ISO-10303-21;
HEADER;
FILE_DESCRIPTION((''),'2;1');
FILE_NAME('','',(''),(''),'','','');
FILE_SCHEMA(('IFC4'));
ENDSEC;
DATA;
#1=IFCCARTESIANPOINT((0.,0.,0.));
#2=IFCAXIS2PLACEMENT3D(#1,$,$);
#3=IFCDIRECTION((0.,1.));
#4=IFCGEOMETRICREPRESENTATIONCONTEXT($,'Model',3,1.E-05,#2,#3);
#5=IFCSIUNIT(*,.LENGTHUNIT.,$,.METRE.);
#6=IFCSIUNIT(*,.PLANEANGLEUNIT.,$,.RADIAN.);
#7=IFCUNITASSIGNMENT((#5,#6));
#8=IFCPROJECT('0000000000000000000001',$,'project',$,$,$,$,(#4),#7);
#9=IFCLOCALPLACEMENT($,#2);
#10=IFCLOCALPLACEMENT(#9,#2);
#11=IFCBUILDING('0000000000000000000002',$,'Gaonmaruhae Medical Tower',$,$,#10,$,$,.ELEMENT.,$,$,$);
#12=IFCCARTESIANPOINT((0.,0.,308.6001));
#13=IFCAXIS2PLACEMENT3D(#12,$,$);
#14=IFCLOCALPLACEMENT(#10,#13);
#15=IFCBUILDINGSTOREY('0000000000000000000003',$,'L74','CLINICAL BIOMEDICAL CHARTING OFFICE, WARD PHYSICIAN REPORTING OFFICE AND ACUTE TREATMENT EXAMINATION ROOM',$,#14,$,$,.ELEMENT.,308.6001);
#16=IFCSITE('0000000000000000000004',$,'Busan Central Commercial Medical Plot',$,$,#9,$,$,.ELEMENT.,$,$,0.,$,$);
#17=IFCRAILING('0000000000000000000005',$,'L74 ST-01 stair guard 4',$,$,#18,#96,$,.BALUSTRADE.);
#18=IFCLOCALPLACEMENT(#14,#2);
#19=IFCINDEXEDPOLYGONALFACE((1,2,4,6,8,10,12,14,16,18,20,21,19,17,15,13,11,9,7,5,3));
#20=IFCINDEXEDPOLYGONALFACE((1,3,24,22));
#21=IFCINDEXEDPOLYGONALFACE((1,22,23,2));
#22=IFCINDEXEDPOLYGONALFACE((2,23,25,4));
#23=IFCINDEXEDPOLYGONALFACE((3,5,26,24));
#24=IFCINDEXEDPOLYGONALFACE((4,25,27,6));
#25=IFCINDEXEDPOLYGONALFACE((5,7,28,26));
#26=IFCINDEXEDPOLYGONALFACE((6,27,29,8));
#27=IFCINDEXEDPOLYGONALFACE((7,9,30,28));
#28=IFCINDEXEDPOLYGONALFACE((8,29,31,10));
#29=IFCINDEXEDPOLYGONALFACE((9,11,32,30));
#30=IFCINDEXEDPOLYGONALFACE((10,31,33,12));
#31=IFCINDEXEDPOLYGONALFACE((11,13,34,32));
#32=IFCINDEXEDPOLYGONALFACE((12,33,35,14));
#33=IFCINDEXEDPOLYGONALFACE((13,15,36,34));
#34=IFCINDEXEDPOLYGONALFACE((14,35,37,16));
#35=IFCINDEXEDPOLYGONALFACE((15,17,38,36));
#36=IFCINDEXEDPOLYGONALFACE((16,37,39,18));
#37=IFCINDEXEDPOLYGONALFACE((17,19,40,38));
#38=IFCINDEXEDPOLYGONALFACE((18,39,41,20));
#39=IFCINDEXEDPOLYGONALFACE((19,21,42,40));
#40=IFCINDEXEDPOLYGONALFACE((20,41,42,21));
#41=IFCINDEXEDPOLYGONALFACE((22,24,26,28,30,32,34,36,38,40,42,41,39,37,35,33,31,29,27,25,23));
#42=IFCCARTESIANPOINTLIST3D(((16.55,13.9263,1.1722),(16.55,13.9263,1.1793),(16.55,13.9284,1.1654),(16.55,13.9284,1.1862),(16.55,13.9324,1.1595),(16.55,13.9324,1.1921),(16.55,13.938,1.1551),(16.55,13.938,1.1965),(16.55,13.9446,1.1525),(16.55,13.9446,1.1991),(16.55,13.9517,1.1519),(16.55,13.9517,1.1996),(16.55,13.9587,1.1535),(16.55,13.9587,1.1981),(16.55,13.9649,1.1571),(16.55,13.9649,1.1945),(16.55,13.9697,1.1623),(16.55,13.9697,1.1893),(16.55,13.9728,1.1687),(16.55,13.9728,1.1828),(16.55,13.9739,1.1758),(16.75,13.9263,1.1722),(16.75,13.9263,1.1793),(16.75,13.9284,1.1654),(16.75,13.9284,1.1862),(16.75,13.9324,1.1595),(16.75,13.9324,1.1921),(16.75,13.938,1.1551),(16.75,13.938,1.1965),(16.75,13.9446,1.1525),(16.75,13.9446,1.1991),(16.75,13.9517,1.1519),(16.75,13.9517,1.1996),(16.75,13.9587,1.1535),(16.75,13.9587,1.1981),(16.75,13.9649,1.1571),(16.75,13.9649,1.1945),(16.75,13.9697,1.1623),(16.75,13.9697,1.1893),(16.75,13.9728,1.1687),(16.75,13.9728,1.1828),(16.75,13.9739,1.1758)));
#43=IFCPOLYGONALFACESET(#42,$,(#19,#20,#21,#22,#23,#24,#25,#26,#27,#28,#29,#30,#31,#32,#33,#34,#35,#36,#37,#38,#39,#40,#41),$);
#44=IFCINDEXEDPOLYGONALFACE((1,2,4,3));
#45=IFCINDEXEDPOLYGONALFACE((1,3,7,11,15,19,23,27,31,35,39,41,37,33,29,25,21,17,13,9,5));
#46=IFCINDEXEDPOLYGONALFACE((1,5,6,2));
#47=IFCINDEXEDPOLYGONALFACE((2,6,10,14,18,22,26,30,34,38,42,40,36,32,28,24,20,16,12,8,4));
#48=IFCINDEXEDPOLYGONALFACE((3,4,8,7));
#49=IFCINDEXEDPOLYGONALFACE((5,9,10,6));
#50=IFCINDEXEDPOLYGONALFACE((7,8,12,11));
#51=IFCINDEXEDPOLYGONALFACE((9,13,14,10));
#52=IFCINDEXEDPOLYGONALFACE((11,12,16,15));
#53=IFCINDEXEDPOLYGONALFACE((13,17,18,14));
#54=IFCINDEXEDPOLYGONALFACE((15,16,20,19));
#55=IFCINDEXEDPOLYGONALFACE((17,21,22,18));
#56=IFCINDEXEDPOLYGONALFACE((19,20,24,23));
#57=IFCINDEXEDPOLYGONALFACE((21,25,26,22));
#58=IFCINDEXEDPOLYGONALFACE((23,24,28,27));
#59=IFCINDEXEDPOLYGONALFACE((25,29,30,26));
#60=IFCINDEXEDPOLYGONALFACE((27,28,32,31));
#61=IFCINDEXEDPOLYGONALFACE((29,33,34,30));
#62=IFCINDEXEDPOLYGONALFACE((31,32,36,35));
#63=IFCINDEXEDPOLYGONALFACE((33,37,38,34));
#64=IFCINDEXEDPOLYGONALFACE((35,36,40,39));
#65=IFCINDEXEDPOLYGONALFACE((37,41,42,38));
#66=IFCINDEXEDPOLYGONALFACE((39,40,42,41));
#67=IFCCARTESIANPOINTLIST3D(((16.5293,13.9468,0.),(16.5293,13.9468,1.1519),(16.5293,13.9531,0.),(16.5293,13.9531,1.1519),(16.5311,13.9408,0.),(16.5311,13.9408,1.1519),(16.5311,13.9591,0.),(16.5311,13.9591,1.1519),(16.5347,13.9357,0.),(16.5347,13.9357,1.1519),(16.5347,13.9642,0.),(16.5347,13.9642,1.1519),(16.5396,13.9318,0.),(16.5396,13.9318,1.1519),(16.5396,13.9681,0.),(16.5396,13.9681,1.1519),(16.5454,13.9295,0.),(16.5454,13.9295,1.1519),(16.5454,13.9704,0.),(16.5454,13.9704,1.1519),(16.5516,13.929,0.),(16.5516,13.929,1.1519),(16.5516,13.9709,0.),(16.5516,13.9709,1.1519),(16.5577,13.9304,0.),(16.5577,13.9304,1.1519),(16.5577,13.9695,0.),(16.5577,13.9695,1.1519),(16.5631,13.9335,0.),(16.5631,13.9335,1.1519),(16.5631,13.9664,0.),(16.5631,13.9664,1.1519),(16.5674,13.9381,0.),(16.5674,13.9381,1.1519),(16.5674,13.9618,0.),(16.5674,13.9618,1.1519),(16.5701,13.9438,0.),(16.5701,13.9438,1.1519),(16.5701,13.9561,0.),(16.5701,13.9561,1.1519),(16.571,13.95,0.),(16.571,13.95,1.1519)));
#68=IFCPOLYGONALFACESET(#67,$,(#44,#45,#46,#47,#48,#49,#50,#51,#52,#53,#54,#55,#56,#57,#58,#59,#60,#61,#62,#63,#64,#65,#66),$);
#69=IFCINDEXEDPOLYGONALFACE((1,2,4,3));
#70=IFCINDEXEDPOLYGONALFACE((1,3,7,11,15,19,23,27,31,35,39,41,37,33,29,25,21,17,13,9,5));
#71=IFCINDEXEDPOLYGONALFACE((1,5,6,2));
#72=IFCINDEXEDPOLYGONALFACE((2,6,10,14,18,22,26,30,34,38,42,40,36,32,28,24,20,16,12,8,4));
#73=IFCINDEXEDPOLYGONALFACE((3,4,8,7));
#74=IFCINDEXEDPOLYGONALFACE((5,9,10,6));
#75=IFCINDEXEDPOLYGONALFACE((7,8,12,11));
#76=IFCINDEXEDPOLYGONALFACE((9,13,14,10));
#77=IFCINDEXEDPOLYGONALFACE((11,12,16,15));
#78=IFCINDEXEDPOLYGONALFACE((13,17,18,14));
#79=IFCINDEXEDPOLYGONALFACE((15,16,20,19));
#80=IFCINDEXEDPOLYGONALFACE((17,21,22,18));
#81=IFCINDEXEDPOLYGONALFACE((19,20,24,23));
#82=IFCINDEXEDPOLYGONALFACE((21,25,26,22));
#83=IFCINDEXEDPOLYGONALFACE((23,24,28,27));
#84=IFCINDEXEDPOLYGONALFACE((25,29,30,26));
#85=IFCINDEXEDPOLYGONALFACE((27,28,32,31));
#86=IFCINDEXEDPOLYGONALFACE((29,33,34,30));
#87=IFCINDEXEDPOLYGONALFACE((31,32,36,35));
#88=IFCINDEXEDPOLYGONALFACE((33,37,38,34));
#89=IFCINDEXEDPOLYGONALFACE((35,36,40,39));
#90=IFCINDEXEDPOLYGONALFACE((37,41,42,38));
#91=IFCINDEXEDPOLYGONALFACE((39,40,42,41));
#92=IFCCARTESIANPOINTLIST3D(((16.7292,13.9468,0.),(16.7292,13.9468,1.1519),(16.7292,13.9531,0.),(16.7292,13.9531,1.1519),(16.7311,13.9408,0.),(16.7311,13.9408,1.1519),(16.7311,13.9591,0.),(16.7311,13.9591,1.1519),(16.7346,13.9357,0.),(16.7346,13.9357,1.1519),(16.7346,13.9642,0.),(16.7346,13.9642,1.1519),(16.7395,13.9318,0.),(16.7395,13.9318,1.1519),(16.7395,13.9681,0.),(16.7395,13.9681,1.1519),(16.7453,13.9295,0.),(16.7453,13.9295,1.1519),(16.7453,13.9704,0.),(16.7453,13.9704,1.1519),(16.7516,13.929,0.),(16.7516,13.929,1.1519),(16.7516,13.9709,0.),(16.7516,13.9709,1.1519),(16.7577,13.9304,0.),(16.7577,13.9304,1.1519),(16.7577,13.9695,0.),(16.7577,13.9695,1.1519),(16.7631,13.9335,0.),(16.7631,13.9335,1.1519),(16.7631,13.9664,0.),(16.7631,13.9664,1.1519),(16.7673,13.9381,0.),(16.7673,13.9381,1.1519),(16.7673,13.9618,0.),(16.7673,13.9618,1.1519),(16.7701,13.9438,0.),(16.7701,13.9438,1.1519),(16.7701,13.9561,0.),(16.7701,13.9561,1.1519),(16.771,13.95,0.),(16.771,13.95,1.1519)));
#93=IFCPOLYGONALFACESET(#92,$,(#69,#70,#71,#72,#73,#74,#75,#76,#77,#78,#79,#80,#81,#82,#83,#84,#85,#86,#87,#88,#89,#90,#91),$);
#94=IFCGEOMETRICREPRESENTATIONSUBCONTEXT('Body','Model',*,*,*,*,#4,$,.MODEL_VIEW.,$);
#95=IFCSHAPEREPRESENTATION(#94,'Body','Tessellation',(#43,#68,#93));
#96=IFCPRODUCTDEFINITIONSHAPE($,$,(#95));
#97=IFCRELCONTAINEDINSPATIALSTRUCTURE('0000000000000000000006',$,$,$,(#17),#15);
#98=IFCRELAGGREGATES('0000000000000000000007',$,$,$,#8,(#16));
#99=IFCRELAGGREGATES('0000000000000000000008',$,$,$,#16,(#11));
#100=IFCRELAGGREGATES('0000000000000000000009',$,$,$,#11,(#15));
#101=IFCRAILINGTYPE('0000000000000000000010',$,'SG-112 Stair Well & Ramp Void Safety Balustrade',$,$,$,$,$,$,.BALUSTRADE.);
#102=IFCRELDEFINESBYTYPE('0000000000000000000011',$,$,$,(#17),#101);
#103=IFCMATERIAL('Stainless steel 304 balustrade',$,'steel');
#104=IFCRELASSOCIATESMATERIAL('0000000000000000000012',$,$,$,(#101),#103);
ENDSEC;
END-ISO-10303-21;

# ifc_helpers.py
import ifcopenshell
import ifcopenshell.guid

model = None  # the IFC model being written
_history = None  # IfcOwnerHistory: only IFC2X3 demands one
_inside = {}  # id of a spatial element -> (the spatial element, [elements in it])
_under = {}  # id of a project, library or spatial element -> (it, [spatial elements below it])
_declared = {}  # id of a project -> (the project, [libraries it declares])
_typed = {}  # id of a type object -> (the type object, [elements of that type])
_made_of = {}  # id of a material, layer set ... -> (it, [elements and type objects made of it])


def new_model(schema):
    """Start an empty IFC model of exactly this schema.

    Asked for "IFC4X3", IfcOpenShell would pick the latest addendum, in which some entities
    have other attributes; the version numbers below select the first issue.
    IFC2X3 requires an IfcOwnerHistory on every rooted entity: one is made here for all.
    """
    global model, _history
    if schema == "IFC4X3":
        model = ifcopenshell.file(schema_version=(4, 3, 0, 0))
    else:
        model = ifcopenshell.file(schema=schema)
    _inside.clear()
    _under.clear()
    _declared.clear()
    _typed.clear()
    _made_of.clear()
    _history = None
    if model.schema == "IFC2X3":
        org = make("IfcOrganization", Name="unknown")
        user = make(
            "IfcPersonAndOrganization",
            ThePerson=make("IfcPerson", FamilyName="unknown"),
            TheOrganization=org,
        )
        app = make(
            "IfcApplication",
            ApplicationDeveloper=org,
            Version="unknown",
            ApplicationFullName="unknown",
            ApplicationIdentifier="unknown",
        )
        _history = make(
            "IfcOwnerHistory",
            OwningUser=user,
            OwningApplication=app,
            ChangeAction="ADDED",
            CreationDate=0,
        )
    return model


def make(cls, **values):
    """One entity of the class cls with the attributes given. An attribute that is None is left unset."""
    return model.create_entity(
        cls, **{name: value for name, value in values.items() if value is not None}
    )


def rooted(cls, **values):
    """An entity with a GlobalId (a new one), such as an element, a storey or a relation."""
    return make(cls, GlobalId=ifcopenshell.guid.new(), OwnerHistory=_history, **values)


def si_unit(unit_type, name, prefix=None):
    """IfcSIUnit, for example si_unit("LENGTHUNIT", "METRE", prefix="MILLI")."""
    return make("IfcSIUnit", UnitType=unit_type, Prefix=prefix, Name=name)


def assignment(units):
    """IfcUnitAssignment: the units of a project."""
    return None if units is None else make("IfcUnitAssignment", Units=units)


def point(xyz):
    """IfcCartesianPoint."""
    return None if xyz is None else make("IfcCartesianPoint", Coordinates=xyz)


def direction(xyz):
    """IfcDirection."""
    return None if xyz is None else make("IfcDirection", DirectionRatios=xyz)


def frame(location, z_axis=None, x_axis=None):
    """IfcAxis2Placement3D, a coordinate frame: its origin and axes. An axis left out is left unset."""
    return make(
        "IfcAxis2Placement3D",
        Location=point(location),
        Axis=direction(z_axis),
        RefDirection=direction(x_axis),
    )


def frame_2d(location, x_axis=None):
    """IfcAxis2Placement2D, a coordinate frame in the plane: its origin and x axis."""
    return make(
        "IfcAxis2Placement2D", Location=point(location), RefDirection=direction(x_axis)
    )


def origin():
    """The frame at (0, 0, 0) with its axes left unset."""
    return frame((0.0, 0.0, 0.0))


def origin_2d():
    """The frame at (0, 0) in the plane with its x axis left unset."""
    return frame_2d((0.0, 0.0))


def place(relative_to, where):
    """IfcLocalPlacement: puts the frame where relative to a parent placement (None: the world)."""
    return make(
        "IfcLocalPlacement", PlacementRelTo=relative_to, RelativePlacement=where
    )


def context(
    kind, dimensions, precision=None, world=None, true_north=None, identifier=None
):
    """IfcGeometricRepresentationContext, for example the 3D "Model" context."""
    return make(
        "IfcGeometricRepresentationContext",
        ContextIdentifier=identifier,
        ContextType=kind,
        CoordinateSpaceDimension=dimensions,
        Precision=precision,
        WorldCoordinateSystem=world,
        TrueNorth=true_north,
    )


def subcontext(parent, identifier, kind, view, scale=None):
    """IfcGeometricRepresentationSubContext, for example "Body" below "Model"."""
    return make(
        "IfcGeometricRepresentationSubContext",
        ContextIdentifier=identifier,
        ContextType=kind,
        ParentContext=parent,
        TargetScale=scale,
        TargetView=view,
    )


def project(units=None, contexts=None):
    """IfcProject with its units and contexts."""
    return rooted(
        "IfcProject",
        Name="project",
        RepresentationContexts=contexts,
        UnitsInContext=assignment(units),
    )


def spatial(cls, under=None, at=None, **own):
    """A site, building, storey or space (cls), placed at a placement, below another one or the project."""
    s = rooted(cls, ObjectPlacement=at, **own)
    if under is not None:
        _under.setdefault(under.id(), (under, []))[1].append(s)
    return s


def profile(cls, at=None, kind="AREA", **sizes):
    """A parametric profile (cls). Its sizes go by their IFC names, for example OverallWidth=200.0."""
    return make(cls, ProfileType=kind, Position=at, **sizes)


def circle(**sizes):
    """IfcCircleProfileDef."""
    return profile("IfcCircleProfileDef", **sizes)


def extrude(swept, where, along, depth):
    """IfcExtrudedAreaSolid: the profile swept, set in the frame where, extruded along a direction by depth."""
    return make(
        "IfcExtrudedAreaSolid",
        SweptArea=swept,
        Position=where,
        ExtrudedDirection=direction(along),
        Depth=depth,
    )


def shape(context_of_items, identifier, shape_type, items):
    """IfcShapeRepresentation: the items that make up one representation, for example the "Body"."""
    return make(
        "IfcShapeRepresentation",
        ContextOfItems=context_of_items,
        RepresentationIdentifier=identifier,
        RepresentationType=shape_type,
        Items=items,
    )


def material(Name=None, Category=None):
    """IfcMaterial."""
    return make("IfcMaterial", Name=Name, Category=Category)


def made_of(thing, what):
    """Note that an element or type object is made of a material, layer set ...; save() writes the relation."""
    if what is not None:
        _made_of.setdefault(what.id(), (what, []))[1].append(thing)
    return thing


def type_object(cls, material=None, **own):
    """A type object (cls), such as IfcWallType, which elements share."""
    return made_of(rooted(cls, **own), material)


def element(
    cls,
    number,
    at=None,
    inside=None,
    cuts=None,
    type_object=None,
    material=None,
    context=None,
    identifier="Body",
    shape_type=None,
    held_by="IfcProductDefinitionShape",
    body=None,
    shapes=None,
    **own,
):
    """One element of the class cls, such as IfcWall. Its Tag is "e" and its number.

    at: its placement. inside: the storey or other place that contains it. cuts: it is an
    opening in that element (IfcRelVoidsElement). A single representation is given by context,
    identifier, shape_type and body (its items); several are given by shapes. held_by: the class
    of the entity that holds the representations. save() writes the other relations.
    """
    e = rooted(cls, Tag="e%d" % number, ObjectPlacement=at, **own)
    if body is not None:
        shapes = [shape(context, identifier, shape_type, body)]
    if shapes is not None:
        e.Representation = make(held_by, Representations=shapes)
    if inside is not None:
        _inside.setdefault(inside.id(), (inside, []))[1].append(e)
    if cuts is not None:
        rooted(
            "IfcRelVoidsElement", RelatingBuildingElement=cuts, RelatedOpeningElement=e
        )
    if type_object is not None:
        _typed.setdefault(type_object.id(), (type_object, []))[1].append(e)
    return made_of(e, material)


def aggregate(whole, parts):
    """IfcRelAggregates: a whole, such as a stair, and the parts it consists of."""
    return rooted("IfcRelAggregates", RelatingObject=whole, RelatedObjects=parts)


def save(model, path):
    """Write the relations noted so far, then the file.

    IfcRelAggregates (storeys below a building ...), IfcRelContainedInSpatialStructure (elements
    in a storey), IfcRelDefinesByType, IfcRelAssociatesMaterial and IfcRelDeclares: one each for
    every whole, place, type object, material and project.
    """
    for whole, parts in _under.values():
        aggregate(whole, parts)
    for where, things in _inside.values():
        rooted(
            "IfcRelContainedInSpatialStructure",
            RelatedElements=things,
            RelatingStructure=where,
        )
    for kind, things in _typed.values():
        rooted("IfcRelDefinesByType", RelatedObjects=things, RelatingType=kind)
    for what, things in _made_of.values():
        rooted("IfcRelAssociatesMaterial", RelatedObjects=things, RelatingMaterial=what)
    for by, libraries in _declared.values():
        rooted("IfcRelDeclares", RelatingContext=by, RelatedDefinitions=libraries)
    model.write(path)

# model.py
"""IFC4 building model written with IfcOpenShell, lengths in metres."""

from ifc_helpers import new_model, si_unit, direction, frame, origin, origin_2d, place, context, subcontext, project, spatial, circle, extrude, material, type_object, element, save


model = new_model("IFC4")

# Units and contexts
model_context = context("Model", 3, precision=1e-05, world=origin(), true_north=direction((0.0, 1.0)))
body_context = subcontext(model_context, "Body", "Model", "MODEL_VIEW")
ifc_project = project(units=[si_unit("LENGTHUNIT", "METRE"), si_unit("PLANEANGLEUNIT", "RADIAN")], contexts=[model_context])

# Site, building, storey
site_placement = place(None, origin())
site = spatial("IfcSite", under=ifc_project, at=site_placement, Name="Busan Central Commercial Medical Plot", CompositionType="ELEMENT", RefElevation=0.0)
building_placement = place(site_placement, origin())
building = spatial("IfcBuilding", under=site, at=building_placement, Name="Gaonmaruhae Medical Tower", CompositionType="ELEMENT")
storey_placement = place(building_placement, frame((0.0, 0.0, 308.6001)))
storey = spatial("IfcBuildingStorey", under=building, at=storey_placement, Name="L74", Description="CLINICAL BIOMEDICAL CHARTING OFFICE, WARD PHYSICIAN REPORTING OFFICE AND ACUTE TREATMENT EXAMINATION ROOM", CompositionType="ELEMENT", Elevation=308.6001)

# Railing
ifc_material_1 = material(Name="Stainless steel 304 balustrade", Category="steel")
railing_type_1 = type_object("IfcRailingType", Name="SG-112 Stair Well & Ramp Void Safety Balustrade", PredefinedType="BALUSTRADE", material=ifc_material_1)
railing_1_placement = place(storey_placement, frame((16.55, 13.95, 0.0)))
element("IfcRailing", 1, at=railing_1_placement, inside=storey, type_object=railing_type_1, Name="L74 ST-01 stair guard 4", PredefinedType="BALUSTRADE", context=body_context, shape_type="SweptSolid", body=[
    extrude(circle(Radius=0.0239, at=origin_2d()), frame((0.0, 0.0, 1.1758), z_axis=(1.0, 0.0, 0.0), x_axis=(0.0, 1.0, 0.0)), (0.0, 0.0, 1.0), 0.2),
    extrude(circle(Radius=0.021, at=origin_2d()), origin(), (0.0, 0.0, 1.0), 1.1519),
    extrude(circle(Radius=0.021, at=origin_2d()), frame((0.2, 0.0, 0.0)), (0.0, 0.0, 1.0), 1.1519),
])

save(model, "model.ifc")
